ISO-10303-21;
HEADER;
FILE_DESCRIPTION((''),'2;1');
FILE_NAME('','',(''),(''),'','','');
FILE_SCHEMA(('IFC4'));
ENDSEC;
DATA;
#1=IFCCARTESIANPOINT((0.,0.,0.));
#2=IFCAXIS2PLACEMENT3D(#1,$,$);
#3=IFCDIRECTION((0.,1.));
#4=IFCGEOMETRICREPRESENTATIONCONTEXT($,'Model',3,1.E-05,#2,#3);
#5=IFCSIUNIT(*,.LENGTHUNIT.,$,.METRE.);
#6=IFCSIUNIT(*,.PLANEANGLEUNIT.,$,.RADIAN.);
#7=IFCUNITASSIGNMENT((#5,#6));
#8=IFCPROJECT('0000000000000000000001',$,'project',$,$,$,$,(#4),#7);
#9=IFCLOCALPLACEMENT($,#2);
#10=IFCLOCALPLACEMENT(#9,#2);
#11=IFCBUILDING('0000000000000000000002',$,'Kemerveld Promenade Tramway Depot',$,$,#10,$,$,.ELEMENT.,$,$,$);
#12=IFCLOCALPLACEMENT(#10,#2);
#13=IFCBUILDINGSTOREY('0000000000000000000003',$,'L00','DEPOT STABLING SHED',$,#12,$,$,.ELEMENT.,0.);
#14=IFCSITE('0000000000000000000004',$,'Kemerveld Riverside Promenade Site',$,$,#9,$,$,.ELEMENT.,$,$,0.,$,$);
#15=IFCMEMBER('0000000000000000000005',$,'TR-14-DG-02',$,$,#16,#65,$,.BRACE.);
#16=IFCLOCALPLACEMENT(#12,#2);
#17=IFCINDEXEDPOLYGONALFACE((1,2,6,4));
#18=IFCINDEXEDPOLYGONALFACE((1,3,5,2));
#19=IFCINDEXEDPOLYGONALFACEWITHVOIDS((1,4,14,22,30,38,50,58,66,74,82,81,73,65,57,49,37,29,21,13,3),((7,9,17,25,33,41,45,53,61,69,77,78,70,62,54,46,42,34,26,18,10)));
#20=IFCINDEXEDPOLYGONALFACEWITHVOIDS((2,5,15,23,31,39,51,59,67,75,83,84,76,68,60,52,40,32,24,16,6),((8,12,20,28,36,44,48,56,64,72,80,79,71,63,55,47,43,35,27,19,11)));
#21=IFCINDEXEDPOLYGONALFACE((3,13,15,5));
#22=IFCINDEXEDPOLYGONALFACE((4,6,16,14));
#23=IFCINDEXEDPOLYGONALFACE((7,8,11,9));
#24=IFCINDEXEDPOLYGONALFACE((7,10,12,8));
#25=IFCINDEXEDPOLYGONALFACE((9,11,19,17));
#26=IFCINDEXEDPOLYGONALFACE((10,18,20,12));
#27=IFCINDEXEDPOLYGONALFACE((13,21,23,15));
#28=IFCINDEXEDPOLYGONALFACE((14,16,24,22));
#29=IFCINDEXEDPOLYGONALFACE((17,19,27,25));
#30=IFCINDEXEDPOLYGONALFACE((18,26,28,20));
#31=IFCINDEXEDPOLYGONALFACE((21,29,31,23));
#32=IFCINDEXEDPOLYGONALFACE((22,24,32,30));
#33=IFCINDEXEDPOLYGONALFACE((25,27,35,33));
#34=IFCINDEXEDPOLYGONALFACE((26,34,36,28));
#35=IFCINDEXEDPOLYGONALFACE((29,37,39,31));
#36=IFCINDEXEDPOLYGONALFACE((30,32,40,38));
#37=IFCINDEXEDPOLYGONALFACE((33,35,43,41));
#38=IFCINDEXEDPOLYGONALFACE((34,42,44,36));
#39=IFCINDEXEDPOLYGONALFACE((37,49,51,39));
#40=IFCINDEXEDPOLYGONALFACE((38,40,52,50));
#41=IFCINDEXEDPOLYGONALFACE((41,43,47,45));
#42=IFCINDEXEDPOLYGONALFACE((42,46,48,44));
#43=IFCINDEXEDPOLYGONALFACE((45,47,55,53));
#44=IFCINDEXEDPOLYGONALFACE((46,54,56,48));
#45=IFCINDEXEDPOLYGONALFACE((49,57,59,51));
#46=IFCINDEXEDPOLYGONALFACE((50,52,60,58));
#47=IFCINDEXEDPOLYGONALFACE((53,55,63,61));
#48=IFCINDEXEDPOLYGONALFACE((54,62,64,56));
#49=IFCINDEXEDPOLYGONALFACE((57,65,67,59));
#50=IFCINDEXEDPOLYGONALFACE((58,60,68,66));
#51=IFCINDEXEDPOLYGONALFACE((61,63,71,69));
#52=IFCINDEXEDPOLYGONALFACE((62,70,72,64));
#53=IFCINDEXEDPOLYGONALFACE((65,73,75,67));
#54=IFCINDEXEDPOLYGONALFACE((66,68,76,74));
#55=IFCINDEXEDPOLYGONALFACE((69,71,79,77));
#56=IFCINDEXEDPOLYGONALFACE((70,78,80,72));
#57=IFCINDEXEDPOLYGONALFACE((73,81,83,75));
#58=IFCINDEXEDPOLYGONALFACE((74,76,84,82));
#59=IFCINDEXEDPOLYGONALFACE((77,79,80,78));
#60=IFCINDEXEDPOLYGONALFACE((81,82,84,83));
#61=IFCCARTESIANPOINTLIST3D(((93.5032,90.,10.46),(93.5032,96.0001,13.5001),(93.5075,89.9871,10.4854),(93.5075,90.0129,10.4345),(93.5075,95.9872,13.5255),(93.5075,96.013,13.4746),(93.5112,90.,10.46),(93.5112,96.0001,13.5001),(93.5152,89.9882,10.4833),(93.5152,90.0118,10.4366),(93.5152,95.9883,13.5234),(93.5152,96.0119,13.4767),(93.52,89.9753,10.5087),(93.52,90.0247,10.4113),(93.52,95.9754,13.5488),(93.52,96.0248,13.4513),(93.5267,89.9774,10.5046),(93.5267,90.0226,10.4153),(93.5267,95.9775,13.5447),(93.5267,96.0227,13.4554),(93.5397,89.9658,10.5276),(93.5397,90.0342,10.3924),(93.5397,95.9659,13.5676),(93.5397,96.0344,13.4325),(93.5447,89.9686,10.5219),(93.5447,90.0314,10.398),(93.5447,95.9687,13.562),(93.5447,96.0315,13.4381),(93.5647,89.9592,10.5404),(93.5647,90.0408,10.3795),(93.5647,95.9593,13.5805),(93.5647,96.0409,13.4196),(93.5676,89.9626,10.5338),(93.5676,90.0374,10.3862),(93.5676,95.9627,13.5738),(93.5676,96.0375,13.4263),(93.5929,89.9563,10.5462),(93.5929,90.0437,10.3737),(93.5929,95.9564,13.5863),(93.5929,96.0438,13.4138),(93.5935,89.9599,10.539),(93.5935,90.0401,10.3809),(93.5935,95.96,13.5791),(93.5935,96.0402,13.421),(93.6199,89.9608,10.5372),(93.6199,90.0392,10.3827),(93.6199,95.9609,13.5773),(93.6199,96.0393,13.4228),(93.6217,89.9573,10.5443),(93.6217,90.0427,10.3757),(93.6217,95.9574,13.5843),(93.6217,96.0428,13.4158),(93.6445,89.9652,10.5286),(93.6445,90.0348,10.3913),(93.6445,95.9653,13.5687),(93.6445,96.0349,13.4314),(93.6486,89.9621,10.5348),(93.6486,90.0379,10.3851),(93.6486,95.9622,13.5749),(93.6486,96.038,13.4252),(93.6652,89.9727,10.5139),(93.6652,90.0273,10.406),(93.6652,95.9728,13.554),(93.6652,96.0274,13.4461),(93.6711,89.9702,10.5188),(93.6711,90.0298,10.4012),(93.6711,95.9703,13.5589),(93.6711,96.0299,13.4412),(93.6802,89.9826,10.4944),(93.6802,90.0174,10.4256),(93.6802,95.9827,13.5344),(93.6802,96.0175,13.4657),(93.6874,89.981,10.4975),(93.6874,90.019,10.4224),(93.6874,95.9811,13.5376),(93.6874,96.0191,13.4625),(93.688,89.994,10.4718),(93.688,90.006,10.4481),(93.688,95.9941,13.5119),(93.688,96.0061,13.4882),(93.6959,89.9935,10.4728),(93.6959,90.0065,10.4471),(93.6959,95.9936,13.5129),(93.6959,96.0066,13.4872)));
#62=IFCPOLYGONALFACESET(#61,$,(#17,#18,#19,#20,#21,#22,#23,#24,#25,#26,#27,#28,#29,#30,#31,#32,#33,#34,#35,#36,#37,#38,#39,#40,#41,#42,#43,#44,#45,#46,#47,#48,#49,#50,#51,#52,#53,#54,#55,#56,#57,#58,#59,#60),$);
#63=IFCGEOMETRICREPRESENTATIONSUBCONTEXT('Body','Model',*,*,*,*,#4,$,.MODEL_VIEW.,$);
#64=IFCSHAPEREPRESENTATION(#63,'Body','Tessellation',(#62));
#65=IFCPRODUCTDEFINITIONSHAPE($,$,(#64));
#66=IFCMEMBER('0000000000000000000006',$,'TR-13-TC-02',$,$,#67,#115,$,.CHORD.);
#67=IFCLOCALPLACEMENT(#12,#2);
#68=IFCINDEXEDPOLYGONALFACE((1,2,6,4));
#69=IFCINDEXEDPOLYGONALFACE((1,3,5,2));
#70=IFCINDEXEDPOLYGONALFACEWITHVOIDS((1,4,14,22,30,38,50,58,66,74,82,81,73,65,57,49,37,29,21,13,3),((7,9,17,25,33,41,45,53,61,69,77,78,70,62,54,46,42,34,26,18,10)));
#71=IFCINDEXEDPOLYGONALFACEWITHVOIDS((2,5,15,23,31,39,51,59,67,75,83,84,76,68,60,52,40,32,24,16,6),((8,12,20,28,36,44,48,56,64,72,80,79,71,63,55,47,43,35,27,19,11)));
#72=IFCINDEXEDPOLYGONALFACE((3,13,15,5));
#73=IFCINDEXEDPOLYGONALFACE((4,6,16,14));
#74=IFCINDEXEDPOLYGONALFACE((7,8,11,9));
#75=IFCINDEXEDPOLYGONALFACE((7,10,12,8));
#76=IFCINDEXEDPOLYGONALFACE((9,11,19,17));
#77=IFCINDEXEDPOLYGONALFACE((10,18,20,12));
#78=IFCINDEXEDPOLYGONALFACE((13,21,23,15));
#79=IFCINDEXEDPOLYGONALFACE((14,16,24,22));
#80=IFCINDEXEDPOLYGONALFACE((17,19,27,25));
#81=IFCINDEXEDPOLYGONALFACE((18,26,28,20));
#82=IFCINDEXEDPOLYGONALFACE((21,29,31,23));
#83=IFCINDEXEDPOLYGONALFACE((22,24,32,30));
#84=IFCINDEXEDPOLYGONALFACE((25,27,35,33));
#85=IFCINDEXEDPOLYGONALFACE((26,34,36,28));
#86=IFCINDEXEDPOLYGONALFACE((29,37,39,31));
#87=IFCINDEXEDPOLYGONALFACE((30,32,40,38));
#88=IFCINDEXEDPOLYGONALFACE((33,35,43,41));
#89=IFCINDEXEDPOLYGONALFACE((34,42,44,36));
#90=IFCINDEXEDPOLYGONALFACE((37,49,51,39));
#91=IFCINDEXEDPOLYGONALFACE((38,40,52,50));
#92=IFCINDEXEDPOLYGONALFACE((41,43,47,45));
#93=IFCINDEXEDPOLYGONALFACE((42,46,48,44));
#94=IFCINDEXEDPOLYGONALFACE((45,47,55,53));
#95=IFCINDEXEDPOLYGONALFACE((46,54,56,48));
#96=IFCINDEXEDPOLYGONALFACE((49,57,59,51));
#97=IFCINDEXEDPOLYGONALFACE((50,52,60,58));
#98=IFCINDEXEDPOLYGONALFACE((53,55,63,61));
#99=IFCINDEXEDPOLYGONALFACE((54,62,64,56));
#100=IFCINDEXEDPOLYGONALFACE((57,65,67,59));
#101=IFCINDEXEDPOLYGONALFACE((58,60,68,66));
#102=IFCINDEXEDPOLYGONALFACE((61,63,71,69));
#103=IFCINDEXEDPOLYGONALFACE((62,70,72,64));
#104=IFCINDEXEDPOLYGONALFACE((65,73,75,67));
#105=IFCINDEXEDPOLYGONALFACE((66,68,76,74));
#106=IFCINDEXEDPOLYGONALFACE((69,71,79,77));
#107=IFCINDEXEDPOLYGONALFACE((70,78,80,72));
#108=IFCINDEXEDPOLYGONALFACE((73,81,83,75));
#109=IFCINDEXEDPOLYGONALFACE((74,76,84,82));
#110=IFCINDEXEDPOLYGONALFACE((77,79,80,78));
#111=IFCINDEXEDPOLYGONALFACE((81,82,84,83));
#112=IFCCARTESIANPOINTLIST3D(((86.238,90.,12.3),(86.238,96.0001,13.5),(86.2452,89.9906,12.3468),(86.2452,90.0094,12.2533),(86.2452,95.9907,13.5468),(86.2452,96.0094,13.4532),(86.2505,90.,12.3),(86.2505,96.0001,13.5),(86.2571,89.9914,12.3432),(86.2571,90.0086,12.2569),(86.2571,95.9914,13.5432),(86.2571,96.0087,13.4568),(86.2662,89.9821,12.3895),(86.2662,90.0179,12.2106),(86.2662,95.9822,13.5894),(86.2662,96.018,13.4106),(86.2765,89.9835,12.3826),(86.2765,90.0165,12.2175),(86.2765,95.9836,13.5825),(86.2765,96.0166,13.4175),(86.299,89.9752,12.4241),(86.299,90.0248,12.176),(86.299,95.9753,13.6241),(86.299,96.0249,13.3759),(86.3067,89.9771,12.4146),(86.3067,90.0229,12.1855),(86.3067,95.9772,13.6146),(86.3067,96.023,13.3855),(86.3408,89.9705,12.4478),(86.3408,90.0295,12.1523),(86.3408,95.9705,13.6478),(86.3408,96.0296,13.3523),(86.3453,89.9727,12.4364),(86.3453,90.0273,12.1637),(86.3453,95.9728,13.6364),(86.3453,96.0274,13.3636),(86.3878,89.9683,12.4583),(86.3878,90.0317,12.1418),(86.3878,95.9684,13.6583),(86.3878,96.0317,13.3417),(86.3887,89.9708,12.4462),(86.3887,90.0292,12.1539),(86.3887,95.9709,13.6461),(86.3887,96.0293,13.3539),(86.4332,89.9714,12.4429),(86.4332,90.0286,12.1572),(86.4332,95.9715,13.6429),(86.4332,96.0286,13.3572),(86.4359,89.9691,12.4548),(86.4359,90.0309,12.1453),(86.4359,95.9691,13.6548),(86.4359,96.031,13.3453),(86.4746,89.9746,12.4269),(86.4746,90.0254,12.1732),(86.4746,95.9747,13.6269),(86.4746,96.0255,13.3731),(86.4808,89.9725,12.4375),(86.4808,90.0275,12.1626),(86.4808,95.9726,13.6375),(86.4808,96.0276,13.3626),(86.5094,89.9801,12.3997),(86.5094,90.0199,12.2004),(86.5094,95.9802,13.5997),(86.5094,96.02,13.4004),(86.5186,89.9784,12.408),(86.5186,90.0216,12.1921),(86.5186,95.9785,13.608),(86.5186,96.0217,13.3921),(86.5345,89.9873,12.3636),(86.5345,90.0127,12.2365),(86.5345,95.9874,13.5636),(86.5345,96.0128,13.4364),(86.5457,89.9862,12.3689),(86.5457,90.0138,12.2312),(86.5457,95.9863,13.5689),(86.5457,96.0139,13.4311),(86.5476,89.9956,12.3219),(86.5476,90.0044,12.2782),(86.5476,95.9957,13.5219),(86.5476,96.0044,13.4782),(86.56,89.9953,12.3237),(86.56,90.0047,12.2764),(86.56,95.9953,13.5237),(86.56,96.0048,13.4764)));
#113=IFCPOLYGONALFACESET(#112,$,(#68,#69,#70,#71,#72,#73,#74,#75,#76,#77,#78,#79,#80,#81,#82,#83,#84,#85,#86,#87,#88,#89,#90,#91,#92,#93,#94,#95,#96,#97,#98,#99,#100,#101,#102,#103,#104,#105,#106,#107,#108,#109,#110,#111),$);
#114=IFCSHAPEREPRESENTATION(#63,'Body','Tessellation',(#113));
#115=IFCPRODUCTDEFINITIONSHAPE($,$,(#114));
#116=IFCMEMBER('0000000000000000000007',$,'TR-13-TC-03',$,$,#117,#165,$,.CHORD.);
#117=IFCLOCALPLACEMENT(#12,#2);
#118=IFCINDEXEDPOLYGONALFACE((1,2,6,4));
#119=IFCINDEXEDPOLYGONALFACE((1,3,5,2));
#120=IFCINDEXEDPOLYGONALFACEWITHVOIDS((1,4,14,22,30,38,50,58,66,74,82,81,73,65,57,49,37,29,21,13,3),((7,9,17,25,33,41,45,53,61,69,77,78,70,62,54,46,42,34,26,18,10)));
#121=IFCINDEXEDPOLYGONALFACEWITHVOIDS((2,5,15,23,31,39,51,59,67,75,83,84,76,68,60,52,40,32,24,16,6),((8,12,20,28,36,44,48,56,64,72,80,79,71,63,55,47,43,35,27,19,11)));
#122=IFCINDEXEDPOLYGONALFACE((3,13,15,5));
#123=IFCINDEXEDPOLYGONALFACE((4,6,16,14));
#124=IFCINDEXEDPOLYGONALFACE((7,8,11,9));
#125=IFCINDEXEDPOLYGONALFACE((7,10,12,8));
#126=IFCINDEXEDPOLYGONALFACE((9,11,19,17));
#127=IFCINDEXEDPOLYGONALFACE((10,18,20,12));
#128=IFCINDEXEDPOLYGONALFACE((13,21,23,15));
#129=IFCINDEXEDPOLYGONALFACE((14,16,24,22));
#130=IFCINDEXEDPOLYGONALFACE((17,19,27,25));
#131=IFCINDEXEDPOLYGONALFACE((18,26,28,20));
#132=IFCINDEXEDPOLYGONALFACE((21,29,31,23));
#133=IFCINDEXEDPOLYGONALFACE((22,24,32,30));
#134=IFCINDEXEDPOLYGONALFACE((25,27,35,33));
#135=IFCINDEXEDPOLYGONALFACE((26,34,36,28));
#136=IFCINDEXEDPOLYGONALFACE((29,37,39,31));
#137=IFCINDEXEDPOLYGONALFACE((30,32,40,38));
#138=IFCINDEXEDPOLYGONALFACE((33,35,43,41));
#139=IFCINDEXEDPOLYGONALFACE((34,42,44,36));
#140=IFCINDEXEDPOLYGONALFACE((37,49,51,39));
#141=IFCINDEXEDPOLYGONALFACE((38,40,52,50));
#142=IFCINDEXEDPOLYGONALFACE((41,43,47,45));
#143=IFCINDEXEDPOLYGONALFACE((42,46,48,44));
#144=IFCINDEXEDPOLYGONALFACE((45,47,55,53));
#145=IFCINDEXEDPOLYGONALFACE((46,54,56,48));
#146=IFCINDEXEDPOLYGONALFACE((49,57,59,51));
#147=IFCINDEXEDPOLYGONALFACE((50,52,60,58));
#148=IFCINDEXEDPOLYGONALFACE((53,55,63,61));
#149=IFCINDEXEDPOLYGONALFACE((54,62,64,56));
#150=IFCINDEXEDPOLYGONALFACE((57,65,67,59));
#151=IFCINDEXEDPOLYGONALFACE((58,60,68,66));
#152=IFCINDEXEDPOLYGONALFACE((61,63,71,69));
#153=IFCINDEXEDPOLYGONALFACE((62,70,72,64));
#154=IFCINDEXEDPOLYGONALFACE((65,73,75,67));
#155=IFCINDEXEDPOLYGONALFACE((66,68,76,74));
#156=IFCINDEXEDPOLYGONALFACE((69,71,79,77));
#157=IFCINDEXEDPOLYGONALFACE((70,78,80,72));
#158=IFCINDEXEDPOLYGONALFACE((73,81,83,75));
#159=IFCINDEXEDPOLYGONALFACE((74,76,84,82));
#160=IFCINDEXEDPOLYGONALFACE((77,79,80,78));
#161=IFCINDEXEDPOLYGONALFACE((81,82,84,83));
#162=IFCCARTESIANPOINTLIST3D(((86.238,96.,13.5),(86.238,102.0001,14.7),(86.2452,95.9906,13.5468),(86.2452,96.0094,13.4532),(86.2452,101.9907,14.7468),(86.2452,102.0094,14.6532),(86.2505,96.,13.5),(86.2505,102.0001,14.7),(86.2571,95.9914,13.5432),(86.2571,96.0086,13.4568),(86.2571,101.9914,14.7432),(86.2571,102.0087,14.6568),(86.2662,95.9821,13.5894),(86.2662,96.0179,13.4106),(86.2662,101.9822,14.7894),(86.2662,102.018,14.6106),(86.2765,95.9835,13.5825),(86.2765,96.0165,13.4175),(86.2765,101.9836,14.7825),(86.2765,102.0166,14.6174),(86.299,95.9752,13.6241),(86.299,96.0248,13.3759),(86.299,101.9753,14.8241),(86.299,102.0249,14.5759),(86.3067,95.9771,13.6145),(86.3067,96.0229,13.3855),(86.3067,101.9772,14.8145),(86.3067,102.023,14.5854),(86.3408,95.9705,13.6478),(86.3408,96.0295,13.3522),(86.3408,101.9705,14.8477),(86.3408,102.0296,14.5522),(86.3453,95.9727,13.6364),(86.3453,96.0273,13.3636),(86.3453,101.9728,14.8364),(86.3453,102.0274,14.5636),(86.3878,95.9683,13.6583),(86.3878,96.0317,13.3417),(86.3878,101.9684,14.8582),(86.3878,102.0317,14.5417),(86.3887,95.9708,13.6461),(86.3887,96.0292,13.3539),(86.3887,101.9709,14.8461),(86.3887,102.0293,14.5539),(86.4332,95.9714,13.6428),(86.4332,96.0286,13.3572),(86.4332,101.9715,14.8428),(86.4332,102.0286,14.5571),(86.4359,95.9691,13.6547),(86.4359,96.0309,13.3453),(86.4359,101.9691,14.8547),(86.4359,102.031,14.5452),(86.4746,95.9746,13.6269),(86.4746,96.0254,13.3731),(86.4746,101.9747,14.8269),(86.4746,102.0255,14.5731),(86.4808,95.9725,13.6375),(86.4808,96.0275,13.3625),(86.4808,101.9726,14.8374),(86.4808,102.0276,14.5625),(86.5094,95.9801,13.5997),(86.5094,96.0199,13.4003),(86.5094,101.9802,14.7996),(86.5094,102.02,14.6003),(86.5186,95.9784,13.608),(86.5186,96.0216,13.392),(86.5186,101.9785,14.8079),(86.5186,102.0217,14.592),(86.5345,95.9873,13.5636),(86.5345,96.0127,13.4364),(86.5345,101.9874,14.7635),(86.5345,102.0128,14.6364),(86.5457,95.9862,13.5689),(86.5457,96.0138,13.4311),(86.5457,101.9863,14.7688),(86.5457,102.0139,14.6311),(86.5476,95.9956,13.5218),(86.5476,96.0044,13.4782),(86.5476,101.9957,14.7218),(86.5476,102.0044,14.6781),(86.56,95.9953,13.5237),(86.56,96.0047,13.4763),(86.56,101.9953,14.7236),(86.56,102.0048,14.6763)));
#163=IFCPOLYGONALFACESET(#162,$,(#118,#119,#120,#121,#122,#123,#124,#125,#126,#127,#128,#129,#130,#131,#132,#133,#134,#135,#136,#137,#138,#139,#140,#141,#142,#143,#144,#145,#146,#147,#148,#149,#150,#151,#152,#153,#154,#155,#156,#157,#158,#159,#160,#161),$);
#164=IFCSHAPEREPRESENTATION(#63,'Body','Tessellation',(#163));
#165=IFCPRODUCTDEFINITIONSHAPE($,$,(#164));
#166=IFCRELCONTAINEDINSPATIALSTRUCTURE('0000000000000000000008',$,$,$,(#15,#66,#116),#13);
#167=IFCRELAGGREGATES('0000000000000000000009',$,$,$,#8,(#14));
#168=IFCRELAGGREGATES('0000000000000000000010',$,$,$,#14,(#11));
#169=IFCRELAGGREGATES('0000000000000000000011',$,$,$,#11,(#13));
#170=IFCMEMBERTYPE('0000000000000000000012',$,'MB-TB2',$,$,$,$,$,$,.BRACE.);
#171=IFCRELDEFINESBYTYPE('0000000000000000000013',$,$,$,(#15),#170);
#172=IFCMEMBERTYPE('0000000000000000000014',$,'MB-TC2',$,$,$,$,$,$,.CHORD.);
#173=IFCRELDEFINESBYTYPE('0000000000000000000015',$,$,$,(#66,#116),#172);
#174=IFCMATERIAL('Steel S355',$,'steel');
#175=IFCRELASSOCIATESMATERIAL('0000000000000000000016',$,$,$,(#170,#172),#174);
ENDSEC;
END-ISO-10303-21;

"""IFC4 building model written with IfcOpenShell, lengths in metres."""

from ifc_helpers import new_model, si_unit, direction, frame, origin, origin_2d, place, context, subcontext, project, spatial, hollow_circle, extrude, material, material_profile, profile_set, type_object, element, save


model = new_model("IFC4")

# Units and contexts
model_context = context("Model", 3, precision=1e-05, world=origin(), true_north=direction((0.0, 1.0)))
body_context = subcontext(model_context, "Body", "Model", "MODEL_VIEW")
ifc_project = project(units=[si_unit("LENGTHUNIT", "METRE"), si_unit("PLANEANGLEUNIT", "RADIAN")], contexts=[model_context])

# Site, building, storey
site_placement = place(None, origin())
site = spatial("IfcSite", under=ifc_project, at=site_placement, Name="Kemerveld Riverside Promenade Site", CompositionType="ELEMENT", RefElevation=0.0)
building_placement = place(site_placement, origin())
building = spatial("IfcBuilding", under=site, at=building_placement, Name="Kemerveld Promenade Tramway Depot", CompositionType="ELEMENT")
storey_placement = place(building_placement, origin())
storey = spatial("IfcBuildingStorey", under=building, at=storey_placement, Name="L00", Description="DEPOT STABLING SHED", CompositionType="ELEMENT", Elevation=0.0)

# Shared definitions
ifc_material_1 = material(Name="Steel S355", Category="steel")

# Members
ifc_material_profile_1 = material_profile(ifc_material_1, hollow_circle(Radius=0.0969, WallThickness=0.0081, at=origin_2d()), Name="193.7x8.0 CHS")
ifc_profile_set_1 = profile_set([ifc_material_profile_1], Name="Steel S355")
member_type_1 = type_object("IfcMemberType", Name="MB-TB2", PredefinedType="BRACE", material=ifc_profile_set_1)
member_1_placement = place(storey_placement, frame((93.6001, 90.0, 10.46), z_axis=(0.0, 0.892033, 0.451969), x_axis=(-1.0, 0.0, 0.0)))
element("IfcMember", 1, at=member_1_placement, inside=storey, type_object=member_type_1, Name="TR-14-DG-02", PredefinedType="BRACE", context=body_context, shape_type="SweptSolid", body=[
    extrude(hollow_circle(Radius=0.0969, WallThickness=0.0081, at=origin_2d()), origin(), (0.0, 0.0, 1.0), 6.7263),
])
ifc_material_profile_2 = material_profile(ifc_material_1, hollow_circle(Radius=0.1619, WallThickness=0.0125, at=origin_2d()), Name="323.9x12.5 CHS")
ifc_profile_set_2 = profile_set([ifc_material_profile_2], Name="Steel S355")
member_type_2 = type_object("IfcMemberType", Name="MB-TC2", PredefinedType="CHORD", material=ifc_profile_set_2)
for number, where, z_axis, x_axis, name in (
    (2, (86.3999, 90.0, 12.3), (0.0, 0.980582, 0.196108), (-1.0, 0.0, 0.0), "TR-13-TC-02"),
    (3, (86.3999, 96.0, 13.5), (0.0, 0.980582, 0.196108), (-1.0, 0.0, 0.0), "TR-13-TC-03"),
):
    element("IfcMember", number, at=place(storey_placement, frame(where, z_axis=z_axis, x_axis=x_axis)), inside=storey, type_object=member_type_2, Name=name, PredefinedType="CHORD", context=body_context, shape_type="SweptSolid", body=[
        extrude(hollow_circle(Radius=0.1619, WallThickness=0.0125, at=origin_2d()), origin(), (0.0, 0.0, 1.0), 6.1189),
    ])

save(model, "model.ifc")
